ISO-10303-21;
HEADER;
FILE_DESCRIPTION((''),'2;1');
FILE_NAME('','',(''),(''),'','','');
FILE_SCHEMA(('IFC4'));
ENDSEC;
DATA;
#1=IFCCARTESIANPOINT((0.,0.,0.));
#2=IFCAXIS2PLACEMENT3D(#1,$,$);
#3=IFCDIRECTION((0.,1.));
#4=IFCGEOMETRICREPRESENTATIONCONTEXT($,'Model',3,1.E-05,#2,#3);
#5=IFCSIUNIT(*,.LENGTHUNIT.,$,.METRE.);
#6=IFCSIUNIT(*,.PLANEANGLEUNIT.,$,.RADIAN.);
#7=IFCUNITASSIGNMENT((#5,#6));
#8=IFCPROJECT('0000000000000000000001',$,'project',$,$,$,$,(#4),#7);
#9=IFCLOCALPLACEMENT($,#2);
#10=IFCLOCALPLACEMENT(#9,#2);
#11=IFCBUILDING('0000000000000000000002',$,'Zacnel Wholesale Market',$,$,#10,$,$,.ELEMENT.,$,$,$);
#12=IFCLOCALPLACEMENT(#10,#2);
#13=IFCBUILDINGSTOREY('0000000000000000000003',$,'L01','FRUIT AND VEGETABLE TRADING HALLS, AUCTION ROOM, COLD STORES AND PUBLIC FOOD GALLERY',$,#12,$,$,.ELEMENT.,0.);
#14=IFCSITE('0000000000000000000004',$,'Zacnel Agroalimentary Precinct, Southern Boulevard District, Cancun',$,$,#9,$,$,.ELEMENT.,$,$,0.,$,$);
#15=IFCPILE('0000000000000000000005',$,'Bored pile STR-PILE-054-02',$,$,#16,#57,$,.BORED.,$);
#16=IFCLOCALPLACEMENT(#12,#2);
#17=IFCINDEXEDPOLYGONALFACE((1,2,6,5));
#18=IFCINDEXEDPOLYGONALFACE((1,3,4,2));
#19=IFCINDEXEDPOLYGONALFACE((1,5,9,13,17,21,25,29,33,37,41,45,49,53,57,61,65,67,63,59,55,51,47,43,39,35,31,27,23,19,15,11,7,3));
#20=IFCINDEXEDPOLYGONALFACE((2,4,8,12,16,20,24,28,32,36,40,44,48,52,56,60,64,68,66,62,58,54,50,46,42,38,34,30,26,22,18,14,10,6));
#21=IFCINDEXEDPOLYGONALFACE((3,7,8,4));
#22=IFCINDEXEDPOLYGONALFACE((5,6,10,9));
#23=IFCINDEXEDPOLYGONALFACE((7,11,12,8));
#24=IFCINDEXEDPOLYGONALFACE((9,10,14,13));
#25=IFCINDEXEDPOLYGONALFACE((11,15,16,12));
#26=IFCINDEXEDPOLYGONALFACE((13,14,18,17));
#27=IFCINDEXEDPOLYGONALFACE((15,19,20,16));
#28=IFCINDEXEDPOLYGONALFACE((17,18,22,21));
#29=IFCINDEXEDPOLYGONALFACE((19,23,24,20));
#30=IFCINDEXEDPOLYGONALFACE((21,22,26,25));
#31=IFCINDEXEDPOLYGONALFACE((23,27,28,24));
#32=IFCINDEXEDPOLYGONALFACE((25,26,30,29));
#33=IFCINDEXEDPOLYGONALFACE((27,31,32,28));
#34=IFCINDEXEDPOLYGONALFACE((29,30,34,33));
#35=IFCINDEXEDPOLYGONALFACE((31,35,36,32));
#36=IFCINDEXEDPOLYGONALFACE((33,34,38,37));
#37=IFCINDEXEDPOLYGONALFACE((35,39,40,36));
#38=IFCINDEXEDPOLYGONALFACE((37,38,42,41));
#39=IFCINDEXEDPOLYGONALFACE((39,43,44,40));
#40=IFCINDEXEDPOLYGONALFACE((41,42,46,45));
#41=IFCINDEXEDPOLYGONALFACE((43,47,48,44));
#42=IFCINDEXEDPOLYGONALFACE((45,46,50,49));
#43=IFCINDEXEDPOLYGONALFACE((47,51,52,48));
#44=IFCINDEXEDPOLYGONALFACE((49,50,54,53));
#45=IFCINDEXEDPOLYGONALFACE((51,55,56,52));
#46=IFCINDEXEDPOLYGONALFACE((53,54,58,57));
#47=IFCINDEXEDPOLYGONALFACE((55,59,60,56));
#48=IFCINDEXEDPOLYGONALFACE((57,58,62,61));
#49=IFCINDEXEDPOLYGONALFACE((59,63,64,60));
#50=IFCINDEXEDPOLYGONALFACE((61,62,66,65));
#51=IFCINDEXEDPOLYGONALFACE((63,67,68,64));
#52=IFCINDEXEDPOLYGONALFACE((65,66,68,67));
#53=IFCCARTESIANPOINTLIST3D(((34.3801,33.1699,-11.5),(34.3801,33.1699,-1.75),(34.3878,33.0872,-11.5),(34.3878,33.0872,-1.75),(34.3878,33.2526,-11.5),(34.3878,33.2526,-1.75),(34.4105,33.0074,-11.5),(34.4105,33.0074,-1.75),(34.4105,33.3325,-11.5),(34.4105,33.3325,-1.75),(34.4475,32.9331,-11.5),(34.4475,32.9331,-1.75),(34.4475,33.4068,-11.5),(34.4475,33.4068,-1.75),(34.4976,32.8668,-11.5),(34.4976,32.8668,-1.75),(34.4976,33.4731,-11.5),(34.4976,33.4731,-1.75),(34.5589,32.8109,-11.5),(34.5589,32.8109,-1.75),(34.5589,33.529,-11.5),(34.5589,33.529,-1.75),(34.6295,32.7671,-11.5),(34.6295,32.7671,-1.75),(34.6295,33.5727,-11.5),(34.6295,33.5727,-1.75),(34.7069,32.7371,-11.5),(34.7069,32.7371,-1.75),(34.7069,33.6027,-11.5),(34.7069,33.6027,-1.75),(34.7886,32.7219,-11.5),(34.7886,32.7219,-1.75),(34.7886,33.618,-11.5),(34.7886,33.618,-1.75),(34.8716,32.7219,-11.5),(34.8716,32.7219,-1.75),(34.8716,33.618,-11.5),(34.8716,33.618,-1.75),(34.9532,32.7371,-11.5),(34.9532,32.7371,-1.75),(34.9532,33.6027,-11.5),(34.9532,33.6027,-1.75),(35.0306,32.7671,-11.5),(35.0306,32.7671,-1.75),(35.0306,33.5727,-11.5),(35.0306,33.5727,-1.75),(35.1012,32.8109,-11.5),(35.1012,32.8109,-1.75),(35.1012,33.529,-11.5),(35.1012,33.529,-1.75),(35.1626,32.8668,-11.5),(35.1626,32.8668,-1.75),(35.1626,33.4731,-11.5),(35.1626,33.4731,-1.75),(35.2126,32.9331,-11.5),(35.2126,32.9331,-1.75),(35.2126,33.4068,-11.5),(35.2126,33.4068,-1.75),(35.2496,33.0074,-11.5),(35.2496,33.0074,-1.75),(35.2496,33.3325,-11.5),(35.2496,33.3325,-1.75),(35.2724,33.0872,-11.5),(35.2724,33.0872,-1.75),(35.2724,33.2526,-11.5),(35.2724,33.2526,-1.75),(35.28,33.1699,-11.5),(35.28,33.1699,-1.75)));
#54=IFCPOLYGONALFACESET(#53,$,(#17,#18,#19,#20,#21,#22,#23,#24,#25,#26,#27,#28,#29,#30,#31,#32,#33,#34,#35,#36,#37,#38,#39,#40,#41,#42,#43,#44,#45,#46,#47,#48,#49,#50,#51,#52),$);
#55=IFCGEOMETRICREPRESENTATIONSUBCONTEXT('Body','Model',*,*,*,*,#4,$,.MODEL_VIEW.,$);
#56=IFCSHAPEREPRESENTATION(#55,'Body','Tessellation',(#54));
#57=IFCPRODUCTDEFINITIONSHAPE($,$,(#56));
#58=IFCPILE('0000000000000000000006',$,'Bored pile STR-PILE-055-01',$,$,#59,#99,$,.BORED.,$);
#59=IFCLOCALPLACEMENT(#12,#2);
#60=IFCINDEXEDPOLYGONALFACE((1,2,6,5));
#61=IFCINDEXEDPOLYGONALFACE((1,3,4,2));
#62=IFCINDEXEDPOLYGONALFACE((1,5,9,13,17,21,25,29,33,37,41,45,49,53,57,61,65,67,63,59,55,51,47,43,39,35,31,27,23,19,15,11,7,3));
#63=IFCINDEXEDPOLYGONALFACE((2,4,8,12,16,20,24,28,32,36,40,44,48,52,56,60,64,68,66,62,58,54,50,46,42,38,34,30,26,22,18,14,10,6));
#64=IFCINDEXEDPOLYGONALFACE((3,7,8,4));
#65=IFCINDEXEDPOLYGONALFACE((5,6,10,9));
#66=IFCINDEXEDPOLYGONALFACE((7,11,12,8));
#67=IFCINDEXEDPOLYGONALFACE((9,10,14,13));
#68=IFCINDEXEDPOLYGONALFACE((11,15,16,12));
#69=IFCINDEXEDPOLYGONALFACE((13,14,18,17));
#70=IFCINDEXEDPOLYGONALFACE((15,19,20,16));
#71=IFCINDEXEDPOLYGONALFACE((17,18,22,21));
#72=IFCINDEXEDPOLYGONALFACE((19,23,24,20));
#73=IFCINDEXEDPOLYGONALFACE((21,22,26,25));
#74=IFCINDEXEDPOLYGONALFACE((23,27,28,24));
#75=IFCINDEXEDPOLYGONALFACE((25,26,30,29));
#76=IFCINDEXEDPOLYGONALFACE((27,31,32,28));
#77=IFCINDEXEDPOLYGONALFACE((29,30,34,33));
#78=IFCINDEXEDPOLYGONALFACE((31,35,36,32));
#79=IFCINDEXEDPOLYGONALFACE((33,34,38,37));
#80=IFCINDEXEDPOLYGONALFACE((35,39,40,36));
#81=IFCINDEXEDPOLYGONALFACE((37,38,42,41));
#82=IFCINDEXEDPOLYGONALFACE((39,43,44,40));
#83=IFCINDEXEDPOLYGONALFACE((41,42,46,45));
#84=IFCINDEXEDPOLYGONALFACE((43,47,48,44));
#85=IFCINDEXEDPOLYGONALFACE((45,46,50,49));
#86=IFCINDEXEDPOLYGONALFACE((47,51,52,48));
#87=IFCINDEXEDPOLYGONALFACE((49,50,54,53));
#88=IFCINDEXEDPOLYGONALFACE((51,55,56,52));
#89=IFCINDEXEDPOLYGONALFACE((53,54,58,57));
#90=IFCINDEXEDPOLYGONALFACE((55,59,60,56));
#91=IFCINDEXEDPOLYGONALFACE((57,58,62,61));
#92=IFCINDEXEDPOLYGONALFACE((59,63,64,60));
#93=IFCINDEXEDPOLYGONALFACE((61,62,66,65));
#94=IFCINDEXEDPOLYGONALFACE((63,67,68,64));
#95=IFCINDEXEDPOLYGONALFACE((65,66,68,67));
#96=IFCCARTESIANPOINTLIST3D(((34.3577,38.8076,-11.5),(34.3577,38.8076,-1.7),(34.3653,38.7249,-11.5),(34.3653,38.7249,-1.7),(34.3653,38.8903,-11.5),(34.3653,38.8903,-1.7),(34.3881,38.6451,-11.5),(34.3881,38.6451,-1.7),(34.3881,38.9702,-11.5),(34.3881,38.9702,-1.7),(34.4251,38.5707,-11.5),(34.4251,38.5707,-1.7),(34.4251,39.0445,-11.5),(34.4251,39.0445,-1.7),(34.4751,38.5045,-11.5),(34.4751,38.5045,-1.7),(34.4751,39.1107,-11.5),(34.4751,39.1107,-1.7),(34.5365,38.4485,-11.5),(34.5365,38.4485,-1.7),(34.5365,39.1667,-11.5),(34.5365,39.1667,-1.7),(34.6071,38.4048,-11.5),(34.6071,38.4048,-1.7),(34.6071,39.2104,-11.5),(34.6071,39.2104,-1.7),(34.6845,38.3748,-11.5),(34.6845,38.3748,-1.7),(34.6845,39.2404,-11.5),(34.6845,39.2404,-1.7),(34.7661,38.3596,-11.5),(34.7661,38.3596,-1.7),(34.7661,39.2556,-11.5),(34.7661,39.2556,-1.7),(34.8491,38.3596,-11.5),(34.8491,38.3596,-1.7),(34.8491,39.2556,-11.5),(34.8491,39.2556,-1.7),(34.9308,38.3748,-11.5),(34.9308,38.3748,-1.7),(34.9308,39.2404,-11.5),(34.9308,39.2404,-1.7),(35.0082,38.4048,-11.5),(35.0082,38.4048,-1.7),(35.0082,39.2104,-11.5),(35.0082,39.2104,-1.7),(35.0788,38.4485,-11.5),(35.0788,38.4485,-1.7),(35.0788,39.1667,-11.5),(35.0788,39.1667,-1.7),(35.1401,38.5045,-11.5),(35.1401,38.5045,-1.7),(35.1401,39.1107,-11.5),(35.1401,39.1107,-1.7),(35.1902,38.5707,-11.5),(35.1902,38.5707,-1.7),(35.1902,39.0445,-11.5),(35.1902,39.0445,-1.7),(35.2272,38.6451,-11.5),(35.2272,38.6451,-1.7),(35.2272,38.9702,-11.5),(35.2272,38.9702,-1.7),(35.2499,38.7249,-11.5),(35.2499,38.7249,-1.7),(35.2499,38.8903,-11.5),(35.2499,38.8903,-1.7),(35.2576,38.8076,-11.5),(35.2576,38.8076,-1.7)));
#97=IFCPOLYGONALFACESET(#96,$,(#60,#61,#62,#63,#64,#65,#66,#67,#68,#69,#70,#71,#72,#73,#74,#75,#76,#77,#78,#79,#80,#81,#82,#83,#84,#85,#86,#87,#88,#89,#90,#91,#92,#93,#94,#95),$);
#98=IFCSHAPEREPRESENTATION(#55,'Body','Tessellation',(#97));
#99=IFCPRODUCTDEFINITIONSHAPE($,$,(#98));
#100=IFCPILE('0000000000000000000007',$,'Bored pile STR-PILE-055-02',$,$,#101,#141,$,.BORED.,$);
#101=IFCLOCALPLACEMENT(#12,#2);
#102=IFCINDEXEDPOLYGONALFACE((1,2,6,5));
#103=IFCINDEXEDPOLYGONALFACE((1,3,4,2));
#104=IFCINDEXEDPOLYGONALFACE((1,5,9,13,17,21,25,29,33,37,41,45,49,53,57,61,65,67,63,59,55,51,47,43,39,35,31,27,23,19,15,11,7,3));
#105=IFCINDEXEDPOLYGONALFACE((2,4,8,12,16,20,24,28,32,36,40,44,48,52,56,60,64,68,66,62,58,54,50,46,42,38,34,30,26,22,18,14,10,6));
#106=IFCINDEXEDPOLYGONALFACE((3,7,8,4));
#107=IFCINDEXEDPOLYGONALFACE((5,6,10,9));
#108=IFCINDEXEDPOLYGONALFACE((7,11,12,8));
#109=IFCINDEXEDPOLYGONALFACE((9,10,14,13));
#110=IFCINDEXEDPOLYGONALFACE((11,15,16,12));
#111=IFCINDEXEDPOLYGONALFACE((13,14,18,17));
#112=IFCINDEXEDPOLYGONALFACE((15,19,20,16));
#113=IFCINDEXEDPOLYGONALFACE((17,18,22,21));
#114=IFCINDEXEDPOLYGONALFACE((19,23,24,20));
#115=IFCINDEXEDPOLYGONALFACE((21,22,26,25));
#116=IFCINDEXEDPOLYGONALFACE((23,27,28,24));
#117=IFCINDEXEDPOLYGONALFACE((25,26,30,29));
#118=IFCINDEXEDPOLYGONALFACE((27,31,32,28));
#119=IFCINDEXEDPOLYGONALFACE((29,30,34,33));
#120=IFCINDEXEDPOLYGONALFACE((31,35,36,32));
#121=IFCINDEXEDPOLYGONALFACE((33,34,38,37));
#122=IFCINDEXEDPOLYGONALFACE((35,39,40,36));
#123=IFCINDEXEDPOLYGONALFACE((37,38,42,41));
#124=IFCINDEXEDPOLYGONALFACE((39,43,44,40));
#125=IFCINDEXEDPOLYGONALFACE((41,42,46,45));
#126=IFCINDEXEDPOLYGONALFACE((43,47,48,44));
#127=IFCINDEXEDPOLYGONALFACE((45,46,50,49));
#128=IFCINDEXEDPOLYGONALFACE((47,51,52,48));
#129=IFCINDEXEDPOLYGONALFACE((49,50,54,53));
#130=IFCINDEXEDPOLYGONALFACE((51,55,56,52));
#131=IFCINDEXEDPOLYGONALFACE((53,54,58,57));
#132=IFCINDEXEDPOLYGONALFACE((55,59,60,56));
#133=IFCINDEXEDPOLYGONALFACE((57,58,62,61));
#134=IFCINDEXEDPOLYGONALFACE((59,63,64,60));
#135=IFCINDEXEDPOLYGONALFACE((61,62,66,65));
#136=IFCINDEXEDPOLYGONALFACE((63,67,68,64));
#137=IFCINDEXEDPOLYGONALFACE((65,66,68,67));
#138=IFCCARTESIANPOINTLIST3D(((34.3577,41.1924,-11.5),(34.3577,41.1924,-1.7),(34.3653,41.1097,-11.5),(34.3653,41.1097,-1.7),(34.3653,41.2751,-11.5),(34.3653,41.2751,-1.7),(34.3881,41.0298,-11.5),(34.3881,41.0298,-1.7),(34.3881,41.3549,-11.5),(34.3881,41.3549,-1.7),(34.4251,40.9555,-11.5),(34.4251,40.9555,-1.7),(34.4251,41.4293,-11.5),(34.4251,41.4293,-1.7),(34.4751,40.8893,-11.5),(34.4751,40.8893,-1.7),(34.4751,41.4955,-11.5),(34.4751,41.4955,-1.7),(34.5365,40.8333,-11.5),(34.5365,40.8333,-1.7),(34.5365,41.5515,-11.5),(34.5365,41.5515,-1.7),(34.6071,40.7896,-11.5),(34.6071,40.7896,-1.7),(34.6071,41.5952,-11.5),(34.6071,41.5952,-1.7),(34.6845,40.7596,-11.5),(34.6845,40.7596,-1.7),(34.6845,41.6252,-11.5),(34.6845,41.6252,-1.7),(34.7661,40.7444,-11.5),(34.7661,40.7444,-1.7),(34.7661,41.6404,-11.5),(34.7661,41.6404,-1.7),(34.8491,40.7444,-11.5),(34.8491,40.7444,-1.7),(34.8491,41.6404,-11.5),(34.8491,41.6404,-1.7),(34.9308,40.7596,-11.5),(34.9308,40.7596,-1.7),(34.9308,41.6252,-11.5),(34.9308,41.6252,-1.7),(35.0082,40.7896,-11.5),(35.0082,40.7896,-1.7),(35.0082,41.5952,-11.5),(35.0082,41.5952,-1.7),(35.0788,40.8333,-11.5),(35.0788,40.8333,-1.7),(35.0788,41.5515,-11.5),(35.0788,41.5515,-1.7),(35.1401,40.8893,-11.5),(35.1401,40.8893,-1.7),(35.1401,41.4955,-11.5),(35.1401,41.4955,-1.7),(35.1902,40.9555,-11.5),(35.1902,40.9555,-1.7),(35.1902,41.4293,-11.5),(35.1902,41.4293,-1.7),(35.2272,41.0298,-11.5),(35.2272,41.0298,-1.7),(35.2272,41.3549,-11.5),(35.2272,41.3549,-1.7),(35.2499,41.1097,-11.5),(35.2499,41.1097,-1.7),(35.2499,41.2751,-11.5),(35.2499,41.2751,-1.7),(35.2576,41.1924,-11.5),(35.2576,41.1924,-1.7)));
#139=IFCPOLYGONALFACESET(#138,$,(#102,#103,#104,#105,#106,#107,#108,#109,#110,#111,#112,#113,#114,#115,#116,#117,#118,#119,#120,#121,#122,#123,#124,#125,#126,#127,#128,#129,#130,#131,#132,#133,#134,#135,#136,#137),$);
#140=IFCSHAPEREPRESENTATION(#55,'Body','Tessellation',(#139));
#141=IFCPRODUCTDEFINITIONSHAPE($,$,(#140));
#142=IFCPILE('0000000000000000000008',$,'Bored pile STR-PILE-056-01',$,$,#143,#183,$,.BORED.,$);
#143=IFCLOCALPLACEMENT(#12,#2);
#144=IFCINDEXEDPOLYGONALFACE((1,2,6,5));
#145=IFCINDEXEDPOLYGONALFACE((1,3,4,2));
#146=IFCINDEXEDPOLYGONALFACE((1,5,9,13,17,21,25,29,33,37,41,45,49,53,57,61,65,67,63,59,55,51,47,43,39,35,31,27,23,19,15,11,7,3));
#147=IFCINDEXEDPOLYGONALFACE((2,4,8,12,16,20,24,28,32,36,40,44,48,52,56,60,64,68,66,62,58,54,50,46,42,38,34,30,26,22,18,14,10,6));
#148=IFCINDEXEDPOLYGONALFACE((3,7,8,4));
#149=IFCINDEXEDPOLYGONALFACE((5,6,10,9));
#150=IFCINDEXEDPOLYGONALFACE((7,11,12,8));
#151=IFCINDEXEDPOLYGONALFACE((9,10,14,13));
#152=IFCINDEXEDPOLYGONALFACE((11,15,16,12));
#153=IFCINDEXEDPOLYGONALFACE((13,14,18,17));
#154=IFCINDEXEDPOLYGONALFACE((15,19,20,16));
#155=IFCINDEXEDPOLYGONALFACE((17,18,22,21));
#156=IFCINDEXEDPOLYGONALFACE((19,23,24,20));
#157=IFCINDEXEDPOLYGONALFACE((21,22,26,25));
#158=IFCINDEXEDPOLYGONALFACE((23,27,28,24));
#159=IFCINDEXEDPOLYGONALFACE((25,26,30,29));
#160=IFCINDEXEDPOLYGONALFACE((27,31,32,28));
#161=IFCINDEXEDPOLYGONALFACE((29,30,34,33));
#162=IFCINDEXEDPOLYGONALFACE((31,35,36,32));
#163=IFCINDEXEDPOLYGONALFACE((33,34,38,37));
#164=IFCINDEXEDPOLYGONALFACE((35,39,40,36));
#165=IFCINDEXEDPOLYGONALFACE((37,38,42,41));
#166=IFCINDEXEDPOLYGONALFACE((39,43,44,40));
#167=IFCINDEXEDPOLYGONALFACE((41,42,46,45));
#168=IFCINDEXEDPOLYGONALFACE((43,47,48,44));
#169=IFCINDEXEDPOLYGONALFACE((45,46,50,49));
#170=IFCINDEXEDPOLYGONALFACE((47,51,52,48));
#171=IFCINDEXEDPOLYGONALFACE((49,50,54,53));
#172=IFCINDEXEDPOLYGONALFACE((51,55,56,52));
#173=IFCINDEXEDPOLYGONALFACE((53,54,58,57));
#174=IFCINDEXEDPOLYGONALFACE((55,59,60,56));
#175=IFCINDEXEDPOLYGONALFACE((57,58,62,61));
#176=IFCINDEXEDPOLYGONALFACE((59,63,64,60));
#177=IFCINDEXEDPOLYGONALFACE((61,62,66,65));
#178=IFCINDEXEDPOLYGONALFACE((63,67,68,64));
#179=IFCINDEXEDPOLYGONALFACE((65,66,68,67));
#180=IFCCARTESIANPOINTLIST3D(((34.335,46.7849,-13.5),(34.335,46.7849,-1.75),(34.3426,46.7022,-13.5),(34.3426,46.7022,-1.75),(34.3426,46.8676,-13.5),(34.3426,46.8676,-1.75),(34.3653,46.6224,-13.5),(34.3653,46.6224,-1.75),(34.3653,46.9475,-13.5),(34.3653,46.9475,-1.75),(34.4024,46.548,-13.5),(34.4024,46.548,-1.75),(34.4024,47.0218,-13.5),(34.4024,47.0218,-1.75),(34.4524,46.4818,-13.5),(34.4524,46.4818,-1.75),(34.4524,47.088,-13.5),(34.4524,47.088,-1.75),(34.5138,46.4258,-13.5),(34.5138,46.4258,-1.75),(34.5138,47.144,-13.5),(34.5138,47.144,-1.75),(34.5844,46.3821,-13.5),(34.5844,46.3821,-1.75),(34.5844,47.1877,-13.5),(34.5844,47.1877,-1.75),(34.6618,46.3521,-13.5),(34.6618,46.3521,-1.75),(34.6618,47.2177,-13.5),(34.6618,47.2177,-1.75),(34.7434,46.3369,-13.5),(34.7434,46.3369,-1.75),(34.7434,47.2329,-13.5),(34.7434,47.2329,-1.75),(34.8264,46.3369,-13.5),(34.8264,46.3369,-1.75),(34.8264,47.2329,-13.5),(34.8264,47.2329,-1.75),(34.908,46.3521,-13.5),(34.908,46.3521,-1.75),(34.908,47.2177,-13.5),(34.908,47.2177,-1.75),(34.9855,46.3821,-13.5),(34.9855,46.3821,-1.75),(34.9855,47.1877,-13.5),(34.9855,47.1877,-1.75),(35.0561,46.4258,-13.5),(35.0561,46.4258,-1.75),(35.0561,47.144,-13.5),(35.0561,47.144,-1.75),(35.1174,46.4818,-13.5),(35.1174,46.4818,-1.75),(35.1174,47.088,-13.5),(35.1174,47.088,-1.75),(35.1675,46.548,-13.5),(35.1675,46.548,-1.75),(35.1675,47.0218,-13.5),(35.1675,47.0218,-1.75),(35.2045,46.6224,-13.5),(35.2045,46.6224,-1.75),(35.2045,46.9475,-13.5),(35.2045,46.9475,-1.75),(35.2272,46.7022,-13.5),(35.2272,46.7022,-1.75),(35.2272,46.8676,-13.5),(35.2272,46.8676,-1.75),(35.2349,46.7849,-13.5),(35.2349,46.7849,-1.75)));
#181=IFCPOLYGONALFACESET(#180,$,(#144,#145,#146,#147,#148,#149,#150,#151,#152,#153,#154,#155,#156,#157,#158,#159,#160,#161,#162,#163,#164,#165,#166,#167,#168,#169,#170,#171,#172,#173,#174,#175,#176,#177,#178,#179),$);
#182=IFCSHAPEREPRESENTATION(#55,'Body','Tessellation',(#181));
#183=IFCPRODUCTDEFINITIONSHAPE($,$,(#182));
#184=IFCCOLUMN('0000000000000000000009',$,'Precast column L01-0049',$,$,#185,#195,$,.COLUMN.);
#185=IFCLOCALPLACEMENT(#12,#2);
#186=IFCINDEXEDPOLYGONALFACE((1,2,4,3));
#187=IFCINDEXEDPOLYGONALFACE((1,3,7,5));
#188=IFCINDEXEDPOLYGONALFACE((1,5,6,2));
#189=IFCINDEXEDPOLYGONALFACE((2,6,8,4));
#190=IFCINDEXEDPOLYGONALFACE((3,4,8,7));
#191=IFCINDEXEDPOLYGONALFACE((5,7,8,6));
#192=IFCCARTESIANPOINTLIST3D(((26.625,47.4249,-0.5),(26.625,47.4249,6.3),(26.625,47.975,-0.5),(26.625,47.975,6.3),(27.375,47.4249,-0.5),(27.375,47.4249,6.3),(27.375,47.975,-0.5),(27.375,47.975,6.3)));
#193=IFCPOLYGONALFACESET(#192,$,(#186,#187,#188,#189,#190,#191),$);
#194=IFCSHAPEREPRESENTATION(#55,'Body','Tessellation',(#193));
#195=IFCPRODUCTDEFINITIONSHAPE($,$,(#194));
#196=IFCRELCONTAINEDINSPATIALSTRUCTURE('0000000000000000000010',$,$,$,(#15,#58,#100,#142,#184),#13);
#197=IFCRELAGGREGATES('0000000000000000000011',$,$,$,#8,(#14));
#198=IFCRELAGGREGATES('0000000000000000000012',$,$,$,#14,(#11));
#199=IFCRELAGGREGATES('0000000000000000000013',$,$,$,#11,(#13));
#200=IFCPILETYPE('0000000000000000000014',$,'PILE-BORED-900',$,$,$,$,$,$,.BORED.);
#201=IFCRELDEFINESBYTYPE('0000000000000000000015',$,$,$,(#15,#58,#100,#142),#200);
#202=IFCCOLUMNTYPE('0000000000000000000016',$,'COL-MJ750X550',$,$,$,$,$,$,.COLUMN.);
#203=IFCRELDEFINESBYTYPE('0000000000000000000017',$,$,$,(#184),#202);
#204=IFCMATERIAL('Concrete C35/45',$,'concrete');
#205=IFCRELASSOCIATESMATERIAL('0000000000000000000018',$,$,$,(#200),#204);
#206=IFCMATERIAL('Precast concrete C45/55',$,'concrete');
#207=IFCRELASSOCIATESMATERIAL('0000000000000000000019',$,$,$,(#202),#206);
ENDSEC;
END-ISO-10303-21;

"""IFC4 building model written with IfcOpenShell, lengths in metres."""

from ifc_helpers import new_model, si_unit, direction, frame, origin, origin_2d, place, context, subcontext, project, spatial, rectangle, circle, extrude, material, material_profile, profile_set, type_object, element, save


model = new_model("IFC4")

# Units and contexts
model_context = context("Model", 3, precision=1e-05, world=origin(), true_north=direction((0.0, 1.0)))
body_context = subcontext(model_context, "Body", "Model", "MODEL_VIEW")
ifc_project = project(units=[si_unit("LENGTHUNIT", "METRE"), si_unit("PLANEANGLEUNIT", "RADIAN")], contexts=[model_context])

# Site, building, storey
site_placement = place(None, origin())
site = spatial("IfcSite", under=ifc_project, at=site_placement, Name="Zacnel Agroalimentary Precinct, Southern Boulevard District, Cancun", CompositionType="ELEMENT", RefElevation=0.0)
building_placement = place(site_placement, origin())
building = spatial("IfcBuilding", under=site, at=building_placement, Name="Zacnel Wholesale Market", CompositionType="ELEMENT")
storey_placement = place(building_placement, origin())
storey = spatial("IfcBuildingStorey", under=building, at=storey_placement, Name="L01", Description="FRUIT AND VEGETABLE TRADING HALLS, AUCTION ROOM, COLD STORES AND PUBLIC FOOD GALLERY", CompositionType="ELEMENT", Elevation=0.0)

# Piles
ifc_material_1 = material(Name="Concrete C35/45", Category="concrete")
ifc_material_profile_1 = material_profile(ifc_material_1, circle(Radius=0.45, at=origin_2d()), Name="BORED PILE D900")
ifc_profile_set_1 = profile_set([ifc_material_profile_1], Name="Concrete C35/45")
pile_type = type_object("IfcPileType", Name="PILE-BORED-900", PredefinedType="BORED", material=ifc_profile_set_1)
for number, where, z_axis, x_axis, name in (
    (1, (34.8301, 33.1699, -1.75), (0.0, 0.0, -1.0), (1.0, 0.0, 0.0), "Bored pile STR-PILE-054-02"),
):
    element("IfcPile", number, at=place(storey_placement, frame(where, z_axis=z_axis, x_axis=x_axis)), inside=storey, type_object=pile_type, Name=name, PredefinedType="BORED", context=body_context, shape_type="SweptSolid", body=[
        extrude(circle(Radius=0.45, at=origin_2d()), origin(), (0.0, 0.0, 1.0), 9.75),
    ])
for number, where, z_axis, x_axis, name in (
    (2, (34.8076, 38.8076, -1.7), (0.0, 0.0, -1.0), (1.0, 0.0, 0.0), "Bored pile STR-PILE-055-01"),
    (3, (34.8076, 41.1924, -1.7), (0.0, 0.0, -1.0), (1.0, 0.0, 0.0), "Bored pile STR-PILE-055-02"),
):
    element("IfcPile", number, at=place(storey_placement, frame(where, z_axis=z_axis, x_axis=x_axis)), inside=storey, type_object=pile_type, Name=name, PredefinedType="BORED", context=body_context, shape_type="SweptSolid", body=[
        extrude(circle(Radius=0.45, at=origin_2d()), origin(), (0.0, 0.0, 1.0), 9.8),
    ])
pile_1_placement = place(storey_placement, frame((34.7849, 46.7849, -1.75), z_axis=(0.0, 0.0, -1.0), x_axis=(1.0, 0.0, 0.0)))
element("IfcPile", 4, at=pile_1_placement, inside=storey, type_object=pile_type, Name="Bored pile STR-PILE-056-01", PredefinedType="BORED", context=body_context, shape_type="SweptSolid", body=[
    extrude(circle(Radius=0.45, at=origin_2d()), origin(), (0.0, 0.0, 1.0), 11.75),
])

# Column
ifc_material_2 = material(Name="Precast concrete C45/55", Category="concrete")
ifc_material_profile_2 = material_profile(ifc_material_2, rectangle(XDim=0.75, YDim=0.55, at=origin_2d()), Name="PC 750x550")
ifc_profile_set_2 = profile_set([ifc_material_profile_2], Name="Precast concrete C45/55")
column_type_1 = type_object("IfcColumnType", Name="COL-MJ750X550", PredefinedType="COLUMN", material=ifc_profile_set_2)
column_placement = place(storey_placement, frame((27.0, 47.7, -0.5), z_axis=(0.0, 0.0, 1.0), x_axis=(1.0, 0.0, 0.0)))
element("IfcColumn", 5, at=column_placement, inside=storey, type_object=column_type_1, Name="Precast column L01-0049", PredefinedType="COLUMN", context=body_context, shape_type="SweptSolid", body=[
    extrude(rectangle(XDim=0.75, YDim=0.55, at=origin_2d()), origin(), (0.0, 0.0, 1.0), 6.8),
])

save(model, "model.ifc")
